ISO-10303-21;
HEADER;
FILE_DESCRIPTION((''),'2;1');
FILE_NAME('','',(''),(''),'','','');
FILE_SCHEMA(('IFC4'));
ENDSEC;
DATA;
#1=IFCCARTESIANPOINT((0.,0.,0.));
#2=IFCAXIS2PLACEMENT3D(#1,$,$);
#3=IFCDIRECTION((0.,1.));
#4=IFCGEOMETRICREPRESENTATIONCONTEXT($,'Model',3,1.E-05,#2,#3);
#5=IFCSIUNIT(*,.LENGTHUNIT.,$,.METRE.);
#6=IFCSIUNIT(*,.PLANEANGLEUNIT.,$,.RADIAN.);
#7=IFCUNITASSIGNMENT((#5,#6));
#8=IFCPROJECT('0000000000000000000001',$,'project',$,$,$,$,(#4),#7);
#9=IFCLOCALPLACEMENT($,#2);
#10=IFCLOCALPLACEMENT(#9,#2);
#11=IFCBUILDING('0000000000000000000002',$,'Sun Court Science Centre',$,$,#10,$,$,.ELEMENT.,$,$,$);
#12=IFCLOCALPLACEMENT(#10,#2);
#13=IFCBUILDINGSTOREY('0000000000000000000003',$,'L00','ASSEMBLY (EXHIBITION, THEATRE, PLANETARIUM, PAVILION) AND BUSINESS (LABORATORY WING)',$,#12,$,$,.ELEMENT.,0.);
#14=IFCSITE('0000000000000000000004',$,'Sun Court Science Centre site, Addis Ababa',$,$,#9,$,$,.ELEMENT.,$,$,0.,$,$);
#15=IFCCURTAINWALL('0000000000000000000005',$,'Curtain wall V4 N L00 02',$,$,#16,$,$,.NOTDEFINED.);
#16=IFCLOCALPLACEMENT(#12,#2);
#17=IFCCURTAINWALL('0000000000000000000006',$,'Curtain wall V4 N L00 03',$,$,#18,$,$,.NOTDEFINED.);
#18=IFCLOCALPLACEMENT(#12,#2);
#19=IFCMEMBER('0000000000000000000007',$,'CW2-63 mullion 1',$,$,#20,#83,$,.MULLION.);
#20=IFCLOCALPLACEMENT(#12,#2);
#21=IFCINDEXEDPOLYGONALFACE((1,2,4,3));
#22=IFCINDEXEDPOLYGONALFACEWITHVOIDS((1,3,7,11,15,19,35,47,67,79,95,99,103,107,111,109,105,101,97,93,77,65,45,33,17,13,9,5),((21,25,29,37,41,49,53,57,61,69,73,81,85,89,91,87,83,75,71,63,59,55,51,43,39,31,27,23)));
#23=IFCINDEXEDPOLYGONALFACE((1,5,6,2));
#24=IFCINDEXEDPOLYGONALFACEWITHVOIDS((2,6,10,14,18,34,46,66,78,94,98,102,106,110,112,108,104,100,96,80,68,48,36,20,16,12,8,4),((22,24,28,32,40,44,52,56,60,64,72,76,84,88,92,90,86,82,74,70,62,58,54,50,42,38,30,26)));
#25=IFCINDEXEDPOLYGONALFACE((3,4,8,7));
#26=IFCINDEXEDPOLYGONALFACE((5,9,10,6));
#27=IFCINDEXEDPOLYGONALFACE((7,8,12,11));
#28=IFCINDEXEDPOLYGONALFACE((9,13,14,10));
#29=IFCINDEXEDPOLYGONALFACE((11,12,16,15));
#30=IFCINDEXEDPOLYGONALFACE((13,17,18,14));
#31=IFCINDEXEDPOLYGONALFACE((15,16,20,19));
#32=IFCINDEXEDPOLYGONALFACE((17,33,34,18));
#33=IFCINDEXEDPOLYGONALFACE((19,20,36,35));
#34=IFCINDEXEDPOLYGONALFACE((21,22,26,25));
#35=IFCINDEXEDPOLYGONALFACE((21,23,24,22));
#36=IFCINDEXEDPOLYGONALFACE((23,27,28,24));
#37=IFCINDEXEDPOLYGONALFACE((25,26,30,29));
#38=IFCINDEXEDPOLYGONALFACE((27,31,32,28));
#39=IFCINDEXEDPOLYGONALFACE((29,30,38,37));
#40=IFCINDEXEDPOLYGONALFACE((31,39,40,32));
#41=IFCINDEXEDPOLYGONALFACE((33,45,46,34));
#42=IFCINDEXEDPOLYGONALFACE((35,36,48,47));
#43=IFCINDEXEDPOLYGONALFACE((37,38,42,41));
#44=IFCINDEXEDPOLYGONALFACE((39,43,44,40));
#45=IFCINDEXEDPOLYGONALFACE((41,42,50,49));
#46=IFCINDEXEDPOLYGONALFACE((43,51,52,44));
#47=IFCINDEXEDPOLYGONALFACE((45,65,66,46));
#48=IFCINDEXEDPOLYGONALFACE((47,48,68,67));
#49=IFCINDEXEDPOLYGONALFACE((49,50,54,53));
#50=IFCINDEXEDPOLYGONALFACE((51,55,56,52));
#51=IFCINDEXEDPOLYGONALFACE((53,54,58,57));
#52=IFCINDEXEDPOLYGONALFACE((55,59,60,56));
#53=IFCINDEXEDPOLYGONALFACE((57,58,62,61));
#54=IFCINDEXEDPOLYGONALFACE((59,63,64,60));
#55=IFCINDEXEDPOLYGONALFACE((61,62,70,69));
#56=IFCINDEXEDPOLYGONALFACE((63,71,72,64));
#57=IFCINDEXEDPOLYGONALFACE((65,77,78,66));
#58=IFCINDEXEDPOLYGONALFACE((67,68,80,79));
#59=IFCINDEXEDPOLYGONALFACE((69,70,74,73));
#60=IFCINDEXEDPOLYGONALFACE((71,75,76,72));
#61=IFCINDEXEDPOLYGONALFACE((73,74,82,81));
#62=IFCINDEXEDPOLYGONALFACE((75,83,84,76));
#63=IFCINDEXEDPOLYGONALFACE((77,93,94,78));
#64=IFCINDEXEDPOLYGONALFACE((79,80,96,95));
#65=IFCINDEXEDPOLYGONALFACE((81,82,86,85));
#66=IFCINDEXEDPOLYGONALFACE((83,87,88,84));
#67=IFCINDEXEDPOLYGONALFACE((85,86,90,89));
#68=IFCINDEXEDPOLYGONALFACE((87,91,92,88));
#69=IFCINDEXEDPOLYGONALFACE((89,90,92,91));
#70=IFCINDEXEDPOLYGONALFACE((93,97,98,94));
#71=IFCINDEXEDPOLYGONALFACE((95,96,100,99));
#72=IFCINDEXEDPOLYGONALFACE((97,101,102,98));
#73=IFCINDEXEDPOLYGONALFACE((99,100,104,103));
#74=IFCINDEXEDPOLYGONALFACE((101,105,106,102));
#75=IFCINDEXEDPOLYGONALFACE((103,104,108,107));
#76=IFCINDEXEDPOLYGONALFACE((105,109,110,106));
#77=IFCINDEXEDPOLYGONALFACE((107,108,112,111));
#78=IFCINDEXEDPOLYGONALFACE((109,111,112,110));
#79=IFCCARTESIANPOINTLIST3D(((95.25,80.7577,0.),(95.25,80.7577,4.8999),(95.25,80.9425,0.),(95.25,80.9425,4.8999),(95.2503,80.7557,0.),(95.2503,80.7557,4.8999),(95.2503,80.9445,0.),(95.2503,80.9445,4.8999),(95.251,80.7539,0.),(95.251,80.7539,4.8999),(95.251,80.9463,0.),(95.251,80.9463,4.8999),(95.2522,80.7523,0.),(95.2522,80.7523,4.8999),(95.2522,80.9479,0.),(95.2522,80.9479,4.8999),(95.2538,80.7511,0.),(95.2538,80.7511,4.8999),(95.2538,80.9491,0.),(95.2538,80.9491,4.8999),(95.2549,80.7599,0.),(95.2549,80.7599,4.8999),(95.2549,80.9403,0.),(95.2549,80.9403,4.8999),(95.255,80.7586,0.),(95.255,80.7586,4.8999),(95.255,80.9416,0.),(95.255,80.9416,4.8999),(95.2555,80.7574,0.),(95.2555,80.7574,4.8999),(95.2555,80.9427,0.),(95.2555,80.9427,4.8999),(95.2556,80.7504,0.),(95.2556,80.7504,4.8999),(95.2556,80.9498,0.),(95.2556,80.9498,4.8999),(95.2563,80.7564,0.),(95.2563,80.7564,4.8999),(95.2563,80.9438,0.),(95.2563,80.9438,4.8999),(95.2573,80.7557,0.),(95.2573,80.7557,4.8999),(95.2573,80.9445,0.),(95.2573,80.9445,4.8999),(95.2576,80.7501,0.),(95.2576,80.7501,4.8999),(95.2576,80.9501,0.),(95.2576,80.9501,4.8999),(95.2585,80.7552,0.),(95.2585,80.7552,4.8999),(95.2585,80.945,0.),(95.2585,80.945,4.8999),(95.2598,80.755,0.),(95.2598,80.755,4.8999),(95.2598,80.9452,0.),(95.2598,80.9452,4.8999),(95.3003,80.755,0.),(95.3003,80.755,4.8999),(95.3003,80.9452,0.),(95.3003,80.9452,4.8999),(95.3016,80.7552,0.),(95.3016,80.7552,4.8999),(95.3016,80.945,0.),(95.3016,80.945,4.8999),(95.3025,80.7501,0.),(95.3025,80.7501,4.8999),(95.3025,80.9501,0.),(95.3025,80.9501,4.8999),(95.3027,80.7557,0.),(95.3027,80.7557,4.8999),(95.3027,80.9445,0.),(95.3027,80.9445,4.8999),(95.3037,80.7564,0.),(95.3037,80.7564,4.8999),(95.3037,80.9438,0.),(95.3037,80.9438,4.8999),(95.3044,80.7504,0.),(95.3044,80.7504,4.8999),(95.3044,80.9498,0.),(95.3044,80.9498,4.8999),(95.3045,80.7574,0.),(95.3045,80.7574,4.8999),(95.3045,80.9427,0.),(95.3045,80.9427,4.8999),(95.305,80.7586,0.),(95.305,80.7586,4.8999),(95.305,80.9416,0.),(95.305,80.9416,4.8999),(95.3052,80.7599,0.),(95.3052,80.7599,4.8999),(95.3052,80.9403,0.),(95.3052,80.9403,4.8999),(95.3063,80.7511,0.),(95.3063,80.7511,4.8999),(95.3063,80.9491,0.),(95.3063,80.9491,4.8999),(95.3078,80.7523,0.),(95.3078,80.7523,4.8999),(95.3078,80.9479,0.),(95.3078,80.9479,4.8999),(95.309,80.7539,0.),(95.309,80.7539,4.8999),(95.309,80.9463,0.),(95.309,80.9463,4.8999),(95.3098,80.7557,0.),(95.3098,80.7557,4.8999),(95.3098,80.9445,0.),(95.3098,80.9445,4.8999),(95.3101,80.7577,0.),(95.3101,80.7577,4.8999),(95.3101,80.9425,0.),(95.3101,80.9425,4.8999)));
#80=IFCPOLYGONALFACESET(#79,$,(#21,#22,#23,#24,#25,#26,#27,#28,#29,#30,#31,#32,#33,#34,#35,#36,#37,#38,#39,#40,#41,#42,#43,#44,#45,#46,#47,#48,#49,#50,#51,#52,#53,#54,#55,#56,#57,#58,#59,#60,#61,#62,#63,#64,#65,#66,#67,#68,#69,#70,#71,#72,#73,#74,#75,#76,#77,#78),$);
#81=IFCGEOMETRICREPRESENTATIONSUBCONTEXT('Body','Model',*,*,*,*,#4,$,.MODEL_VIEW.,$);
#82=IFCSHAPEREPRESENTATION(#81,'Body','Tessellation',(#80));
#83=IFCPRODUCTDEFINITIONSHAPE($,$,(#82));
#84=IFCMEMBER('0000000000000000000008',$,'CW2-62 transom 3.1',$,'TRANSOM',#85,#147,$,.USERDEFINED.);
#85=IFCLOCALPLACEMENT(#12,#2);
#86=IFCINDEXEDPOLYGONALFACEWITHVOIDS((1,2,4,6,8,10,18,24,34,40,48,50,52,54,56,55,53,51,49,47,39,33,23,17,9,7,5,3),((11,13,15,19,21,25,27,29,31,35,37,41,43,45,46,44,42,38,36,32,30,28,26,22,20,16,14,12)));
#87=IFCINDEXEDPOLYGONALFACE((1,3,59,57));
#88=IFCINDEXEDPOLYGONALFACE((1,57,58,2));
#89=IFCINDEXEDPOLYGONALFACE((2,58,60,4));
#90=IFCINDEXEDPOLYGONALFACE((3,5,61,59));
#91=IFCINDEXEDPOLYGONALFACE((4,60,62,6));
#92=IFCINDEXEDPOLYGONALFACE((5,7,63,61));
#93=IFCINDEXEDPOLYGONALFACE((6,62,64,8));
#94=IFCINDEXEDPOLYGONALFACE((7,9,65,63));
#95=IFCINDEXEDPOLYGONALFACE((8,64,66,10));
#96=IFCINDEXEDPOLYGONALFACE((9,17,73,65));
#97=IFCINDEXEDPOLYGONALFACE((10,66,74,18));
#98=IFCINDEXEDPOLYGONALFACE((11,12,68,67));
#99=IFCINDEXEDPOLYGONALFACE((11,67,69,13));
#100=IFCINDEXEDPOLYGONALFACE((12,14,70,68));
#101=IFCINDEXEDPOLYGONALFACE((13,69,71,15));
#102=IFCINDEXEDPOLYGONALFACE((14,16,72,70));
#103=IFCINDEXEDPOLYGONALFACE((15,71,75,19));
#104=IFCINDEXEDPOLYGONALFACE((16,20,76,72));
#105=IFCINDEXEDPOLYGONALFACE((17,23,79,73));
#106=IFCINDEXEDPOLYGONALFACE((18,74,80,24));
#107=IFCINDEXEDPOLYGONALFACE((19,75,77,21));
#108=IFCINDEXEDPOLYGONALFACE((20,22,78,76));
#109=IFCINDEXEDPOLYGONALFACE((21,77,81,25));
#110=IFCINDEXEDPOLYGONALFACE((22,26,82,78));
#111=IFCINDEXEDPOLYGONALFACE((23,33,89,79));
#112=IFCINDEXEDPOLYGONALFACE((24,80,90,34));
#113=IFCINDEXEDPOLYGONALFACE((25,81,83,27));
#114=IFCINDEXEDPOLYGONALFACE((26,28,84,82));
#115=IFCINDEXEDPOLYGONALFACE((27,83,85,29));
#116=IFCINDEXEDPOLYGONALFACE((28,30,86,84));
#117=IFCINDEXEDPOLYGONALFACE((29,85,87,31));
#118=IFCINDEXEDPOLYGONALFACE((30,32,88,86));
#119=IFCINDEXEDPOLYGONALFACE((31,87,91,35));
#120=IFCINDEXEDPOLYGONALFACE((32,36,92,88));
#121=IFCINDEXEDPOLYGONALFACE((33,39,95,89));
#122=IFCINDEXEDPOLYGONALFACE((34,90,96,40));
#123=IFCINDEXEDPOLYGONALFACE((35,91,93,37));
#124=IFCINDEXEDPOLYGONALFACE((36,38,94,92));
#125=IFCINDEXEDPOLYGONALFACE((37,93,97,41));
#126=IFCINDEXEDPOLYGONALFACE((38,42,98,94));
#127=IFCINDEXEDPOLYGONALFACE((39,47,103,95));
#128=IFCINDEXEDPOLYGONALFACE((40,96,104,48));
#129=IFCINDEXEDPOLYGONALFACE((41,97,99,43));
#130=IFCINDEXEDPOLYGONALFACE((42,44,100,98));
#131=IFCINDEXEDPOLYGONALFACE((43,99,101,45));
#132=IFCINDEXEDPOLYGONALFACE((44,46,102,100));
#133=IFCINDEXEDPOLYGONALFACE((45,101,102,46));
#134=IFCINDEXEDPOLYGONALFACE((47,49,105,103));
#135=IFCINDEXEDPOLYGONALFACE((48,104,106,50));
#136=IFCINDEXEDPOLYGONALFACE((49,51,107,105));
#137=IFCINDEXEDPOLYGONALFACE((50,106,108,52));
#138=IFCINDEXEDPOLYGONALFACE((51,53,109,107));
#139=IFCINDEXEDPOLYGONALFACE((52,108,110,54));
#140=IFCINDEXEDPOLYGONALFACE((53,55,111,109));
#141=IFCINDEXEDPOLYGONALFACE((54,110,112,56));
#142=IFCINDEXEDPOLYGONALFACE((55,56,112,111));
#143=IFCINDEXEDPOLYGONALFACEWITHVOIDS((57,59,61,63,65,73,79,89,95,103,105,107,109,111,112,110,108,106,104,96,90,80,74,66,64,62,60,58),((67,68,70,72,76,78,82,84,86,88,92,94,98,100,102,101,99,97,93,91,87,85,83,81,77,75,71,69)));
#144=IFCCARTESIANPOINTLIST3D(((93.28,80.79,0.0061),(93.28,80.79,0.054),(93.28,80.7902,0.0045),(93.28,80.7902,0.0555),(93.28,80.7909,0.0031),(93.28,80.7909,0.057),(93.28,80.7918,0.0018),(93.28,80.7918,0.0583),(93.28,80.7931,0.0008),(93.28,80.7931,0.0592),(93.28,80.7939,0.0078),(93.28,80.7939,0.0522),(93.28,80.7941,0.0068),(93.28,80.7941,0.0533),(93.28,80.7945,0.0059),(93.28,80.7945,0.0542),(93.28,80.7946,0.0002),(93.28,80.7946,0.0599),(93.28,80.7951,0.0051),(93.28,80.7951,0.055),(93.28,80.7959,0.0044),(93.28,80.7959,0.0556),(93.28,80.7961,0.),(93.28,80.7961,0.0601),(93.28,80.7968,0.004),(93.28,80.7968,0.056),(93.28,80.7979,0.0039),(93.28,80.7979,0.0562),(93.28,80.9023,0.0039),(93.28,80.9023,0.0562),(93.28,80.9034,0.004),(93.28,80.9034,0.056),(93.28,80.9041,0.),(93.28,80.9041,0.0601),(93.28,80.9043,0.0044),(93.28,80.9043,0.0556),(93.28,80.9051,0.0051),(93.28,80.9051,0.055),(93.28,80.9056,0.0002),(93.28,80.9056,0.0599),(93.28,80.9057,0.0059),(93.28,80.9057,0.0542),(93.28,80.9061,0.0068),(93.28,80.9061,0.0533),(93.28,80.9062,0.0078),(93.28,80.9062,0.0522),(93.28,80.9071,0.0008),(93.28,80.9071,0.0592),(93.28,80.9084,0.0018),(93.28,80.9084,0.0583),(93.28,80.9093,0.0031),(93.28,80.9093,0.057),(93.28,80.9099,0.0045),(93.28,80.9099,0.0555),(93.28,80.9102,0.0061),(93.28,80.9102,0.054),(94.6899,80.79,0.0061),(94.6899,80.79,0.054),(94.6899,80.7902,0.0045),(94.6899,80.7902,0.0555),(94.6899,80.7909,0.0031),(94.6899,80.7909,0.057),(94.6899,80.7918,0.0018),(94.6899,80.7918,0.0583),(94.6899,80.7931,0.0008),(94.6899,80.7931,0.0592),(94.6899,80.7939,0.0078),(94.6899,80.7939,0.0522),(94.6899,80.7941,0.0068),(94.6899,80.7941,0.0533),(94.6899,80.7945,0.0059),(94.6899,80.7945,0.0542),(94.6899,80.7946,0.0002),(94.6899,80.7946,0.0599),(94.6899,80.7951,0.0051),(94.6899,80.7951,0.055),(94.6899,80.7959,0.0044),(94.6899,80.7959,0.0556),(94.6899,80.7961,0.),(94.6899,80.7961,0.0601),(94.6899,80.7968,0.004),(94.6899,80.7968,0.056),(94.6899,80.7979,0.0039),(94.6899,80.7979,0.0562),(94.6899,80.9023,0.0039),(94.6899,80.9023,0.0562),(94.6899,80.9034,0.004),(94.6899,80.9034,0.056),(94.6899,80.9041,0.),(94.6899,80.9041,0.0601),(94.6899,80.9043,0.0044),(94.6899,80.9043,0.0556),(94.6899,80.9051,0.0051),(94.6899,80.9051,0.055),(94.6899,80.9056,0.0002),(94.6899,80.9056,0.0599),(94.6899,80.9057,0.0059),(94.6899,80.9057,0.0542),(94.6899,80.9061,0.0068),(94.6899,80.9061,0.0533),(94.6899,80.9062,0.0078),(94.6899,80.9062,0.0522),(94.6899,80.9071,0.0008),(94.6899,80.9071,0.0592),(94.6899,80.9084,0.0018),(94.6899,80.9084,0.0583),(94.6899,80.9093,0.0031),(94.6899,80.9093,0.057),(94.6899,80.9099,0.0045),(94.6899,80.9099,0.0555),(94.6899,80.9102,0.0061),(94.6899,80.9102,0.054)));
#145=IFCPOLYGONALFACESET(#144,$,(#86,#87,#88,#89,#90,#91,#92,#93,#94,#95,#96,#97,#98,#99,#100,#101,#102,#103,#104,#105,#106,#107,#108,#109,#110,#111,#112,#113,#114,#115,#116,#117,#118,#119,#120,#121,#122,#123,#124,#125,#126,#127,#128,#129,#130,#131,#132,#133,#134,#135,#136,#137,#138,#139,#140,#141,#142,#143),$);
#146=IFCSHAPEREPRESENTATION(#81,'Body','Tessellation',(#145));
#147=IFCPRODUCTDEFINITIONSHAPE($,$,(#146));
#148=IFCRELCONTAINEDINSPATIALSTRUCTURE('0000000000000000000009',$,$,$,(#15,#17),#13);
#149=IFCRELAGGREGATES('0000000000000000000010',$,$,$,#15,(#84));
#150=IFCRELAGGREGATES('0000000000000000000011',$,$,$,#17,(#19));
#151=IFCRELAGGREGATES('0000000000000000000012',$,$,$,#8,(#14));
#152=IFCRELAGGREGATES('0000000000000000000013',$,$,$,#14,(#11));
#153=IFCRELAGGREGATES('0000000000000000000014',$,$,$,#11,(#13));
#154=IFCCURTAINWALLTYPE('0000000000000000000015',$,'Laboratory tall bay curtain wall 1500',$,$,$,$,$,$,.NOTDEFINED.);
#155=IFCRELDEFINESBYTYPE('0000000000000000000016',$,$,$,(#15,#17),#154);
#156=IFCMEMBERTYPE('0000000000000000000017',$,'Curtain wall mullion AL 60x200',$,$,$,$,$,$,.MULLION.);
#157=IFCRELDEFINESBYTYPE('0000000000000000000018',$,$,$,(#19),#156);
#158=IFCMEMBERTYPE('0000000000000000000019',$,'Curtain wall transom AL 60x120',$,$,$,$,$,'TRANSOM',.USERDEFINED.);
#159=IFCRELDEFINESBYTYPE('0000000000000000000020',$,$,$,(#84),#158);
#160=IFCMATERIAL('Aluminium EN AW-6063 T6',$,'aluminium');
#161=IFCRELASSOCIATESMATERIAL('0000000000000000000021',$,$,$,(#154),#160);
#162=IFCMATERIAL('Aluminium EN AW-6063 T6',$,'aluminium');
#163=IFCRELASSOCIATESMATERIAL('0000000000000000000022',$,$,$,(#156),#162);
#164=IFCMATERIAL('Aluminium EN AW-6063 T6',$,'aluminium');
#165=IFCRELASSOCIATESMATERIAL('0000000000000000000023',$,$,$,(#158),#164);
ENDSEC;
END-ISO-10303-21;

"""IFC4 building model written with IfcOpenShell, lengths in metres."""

from ifc_helpers import new_model, si_unit, direction, frame, origin, origin_2d, place, context, subcontext, project, spatial, hollow_rectangle, extrude, material, material_profile, profile_set, type_object, element, aggregate, save


model = new_model("IFC4")

# Units and contexts
model_context = context("Model", 3, precision=1e-05, world=origin(), true_north=direction((0.0, 1.0)))
body_context = subcontext(model_context, "Body", "Model", "MODEL_VIEW")
ifc_project = project(units=[si_unit("LENGTHUNIT", "METRE"), si_unit("PLANEANGLEUNIT", "RADIAN")], contexts=[model_context])

# Site, building, storey
site_placement = place(None, origin())
site = spatial("IfcSite", under=ifc_project, at=site_placement, Name="Sun Court Science Centre site, Addis Ababa", CompositionType="ELEMENT", RefElevation=0.0)
building_placement = place(site_placement, origin())
building = spatial("IfcBuilding", under=site, at=building_placement, Name="Sun Court Science Centre", CompositionType="ELEMENT")
storey_placement = place(building_placement, origin())
storey = spatial("IfcBuildingStorey", under=building, at=storey_placement, Name="L00", Description="ASSEMBLY (EXHIBITION, THEATRE, PLANETARIUM, PAVILION) AND BUSINESS (LABORATORY WING)", CompositionType="ELEMENT", Elevation=0.0)

# Curtain walls, member
ifc_material_1 = material(Name="Aluminium EN AW-6063 T6", Category="aluminium")
curtain_wall_type = type_object("IfcCurtainWallType", Name="Laboratory tall bay curtain wall 1500", PredefinedType="NOTDEFINED", material=ifc_material_1)
curtain_wall_1_placement = place(storey_placement, origin())
curtain_wall_1 = element("IfcCurtainWall", 1, at=curtain_wall_1_placement, inside=storey, type_object=curtain_wall_type, Name="Curtain wall V4 N L00 02", PredefinedType="NOTDEFINED")
ifc_material_2 = material(Name="Aluminium EN AW-6063 T6", Category="aluminium")
ifc_material_profile_1 = material_profile(ifc_material_2, hollow_rectangle(XDim=0.0601, YDim=0.2, WallThickness=0.0049, InnerFilletRadius=0.0049, OuterFilletRadius=0.0076, at=origin_2d()), Name="AL 60x200x5")
ifc_profile_set_1 = profile_set([ifc_material_profile_1], Name="Aluminium EN AW-6063 T6")
member_type_1 = type_object("IfcMemberType", Name="Curtain wall mullion AL 60x200", PredefinedType="MULLION", material=ifc_profile_set_1)
curtain_wall_2_placement = place(storey_placement, origin())
curtain_wall_2 = element("IfcCurtainWall", 2, at=curtain_wall_2_placement, inside=storey, type_object=curtain_wall_type, Name="Curtain wall V4 N L00 03", PredefinedType="NOTDEFINED")
member_1_placement = place(storey_placement, frame((95.28, 80.8501, 0.0), z_axis=(0.0, 0.0, 1.0), x_axis=(1.0, 0.0, 0.0)))
member_1 = element("IfcMember", 3, at=member_1_placement, type_object=member_type_1, Name="CW2-63 mullion 1", PredefinedType="MULLION", context=body_context, shape_type="SweptSolid", body=[
    extrude(hollow_rectangle(XDim=0.0601, YDim=0.2, WallThickness=0.0049, InnerFilletRadius=0.0049, OuterFilletRadius=0.0076, at=origin_2d()), origin(), (0.0, 0.0, 1.0), 4.8999),
])

# Member
ifc_material_3 = material(Name="Aluminium EN AW-6063 T6", Category="aluminium")
ifc_material_profile_2 = material_profile(ifc_material_3, hollow_rectangle(XDim=0.0601, YDim=0.1201, WallThickness=0.0039, InnerFilletRadius=0.0039, OuterFilletRadius=0.0061, at=origin_2d()), Name="AL 60x120x4")
ifc_profile_set_2 = profile_set([ifc_material_profile_2], Name="Aluminium EN AW-6063 T6")
member_type_2 = type_object("IfcMemberType", Name="Curtain wall transom AL 60x120", ElementType="TRANSOM", PredefinedType="USERDEFINED", material=ifc_profile_set_2)
member_2_placement = place(storey_placement, frame((93.28, 80.8501, 0.03), z_axis=(1.0, 0.0, 0.0), x_axis=(0.0, 0.0, 1.0)))
member_2 = element("IfcMember", 4, at=member_2_placement, type_object=member_type_2, Name="CW2-62 transom 3.1", ObjectType="TRANSOM", PredefinedType="USERDEFINED", context=body_context, shape_type="SweptSolid", body=[
    extrude(hollow_rectangle(XDim=0.0601, YDim=0.1201, WallThickness=0.0039, InnerFilletRadius=0.0039, OuterFilletRadius=0.0061, at=origin_2d()), origin(), (0.0, 0.0, 1.0), 1.4099),
])

aggregate(curtain_wall_1, [member_2])
aggregate(curtain_wall_2, [member_1])

save(model, "model.ifc")
